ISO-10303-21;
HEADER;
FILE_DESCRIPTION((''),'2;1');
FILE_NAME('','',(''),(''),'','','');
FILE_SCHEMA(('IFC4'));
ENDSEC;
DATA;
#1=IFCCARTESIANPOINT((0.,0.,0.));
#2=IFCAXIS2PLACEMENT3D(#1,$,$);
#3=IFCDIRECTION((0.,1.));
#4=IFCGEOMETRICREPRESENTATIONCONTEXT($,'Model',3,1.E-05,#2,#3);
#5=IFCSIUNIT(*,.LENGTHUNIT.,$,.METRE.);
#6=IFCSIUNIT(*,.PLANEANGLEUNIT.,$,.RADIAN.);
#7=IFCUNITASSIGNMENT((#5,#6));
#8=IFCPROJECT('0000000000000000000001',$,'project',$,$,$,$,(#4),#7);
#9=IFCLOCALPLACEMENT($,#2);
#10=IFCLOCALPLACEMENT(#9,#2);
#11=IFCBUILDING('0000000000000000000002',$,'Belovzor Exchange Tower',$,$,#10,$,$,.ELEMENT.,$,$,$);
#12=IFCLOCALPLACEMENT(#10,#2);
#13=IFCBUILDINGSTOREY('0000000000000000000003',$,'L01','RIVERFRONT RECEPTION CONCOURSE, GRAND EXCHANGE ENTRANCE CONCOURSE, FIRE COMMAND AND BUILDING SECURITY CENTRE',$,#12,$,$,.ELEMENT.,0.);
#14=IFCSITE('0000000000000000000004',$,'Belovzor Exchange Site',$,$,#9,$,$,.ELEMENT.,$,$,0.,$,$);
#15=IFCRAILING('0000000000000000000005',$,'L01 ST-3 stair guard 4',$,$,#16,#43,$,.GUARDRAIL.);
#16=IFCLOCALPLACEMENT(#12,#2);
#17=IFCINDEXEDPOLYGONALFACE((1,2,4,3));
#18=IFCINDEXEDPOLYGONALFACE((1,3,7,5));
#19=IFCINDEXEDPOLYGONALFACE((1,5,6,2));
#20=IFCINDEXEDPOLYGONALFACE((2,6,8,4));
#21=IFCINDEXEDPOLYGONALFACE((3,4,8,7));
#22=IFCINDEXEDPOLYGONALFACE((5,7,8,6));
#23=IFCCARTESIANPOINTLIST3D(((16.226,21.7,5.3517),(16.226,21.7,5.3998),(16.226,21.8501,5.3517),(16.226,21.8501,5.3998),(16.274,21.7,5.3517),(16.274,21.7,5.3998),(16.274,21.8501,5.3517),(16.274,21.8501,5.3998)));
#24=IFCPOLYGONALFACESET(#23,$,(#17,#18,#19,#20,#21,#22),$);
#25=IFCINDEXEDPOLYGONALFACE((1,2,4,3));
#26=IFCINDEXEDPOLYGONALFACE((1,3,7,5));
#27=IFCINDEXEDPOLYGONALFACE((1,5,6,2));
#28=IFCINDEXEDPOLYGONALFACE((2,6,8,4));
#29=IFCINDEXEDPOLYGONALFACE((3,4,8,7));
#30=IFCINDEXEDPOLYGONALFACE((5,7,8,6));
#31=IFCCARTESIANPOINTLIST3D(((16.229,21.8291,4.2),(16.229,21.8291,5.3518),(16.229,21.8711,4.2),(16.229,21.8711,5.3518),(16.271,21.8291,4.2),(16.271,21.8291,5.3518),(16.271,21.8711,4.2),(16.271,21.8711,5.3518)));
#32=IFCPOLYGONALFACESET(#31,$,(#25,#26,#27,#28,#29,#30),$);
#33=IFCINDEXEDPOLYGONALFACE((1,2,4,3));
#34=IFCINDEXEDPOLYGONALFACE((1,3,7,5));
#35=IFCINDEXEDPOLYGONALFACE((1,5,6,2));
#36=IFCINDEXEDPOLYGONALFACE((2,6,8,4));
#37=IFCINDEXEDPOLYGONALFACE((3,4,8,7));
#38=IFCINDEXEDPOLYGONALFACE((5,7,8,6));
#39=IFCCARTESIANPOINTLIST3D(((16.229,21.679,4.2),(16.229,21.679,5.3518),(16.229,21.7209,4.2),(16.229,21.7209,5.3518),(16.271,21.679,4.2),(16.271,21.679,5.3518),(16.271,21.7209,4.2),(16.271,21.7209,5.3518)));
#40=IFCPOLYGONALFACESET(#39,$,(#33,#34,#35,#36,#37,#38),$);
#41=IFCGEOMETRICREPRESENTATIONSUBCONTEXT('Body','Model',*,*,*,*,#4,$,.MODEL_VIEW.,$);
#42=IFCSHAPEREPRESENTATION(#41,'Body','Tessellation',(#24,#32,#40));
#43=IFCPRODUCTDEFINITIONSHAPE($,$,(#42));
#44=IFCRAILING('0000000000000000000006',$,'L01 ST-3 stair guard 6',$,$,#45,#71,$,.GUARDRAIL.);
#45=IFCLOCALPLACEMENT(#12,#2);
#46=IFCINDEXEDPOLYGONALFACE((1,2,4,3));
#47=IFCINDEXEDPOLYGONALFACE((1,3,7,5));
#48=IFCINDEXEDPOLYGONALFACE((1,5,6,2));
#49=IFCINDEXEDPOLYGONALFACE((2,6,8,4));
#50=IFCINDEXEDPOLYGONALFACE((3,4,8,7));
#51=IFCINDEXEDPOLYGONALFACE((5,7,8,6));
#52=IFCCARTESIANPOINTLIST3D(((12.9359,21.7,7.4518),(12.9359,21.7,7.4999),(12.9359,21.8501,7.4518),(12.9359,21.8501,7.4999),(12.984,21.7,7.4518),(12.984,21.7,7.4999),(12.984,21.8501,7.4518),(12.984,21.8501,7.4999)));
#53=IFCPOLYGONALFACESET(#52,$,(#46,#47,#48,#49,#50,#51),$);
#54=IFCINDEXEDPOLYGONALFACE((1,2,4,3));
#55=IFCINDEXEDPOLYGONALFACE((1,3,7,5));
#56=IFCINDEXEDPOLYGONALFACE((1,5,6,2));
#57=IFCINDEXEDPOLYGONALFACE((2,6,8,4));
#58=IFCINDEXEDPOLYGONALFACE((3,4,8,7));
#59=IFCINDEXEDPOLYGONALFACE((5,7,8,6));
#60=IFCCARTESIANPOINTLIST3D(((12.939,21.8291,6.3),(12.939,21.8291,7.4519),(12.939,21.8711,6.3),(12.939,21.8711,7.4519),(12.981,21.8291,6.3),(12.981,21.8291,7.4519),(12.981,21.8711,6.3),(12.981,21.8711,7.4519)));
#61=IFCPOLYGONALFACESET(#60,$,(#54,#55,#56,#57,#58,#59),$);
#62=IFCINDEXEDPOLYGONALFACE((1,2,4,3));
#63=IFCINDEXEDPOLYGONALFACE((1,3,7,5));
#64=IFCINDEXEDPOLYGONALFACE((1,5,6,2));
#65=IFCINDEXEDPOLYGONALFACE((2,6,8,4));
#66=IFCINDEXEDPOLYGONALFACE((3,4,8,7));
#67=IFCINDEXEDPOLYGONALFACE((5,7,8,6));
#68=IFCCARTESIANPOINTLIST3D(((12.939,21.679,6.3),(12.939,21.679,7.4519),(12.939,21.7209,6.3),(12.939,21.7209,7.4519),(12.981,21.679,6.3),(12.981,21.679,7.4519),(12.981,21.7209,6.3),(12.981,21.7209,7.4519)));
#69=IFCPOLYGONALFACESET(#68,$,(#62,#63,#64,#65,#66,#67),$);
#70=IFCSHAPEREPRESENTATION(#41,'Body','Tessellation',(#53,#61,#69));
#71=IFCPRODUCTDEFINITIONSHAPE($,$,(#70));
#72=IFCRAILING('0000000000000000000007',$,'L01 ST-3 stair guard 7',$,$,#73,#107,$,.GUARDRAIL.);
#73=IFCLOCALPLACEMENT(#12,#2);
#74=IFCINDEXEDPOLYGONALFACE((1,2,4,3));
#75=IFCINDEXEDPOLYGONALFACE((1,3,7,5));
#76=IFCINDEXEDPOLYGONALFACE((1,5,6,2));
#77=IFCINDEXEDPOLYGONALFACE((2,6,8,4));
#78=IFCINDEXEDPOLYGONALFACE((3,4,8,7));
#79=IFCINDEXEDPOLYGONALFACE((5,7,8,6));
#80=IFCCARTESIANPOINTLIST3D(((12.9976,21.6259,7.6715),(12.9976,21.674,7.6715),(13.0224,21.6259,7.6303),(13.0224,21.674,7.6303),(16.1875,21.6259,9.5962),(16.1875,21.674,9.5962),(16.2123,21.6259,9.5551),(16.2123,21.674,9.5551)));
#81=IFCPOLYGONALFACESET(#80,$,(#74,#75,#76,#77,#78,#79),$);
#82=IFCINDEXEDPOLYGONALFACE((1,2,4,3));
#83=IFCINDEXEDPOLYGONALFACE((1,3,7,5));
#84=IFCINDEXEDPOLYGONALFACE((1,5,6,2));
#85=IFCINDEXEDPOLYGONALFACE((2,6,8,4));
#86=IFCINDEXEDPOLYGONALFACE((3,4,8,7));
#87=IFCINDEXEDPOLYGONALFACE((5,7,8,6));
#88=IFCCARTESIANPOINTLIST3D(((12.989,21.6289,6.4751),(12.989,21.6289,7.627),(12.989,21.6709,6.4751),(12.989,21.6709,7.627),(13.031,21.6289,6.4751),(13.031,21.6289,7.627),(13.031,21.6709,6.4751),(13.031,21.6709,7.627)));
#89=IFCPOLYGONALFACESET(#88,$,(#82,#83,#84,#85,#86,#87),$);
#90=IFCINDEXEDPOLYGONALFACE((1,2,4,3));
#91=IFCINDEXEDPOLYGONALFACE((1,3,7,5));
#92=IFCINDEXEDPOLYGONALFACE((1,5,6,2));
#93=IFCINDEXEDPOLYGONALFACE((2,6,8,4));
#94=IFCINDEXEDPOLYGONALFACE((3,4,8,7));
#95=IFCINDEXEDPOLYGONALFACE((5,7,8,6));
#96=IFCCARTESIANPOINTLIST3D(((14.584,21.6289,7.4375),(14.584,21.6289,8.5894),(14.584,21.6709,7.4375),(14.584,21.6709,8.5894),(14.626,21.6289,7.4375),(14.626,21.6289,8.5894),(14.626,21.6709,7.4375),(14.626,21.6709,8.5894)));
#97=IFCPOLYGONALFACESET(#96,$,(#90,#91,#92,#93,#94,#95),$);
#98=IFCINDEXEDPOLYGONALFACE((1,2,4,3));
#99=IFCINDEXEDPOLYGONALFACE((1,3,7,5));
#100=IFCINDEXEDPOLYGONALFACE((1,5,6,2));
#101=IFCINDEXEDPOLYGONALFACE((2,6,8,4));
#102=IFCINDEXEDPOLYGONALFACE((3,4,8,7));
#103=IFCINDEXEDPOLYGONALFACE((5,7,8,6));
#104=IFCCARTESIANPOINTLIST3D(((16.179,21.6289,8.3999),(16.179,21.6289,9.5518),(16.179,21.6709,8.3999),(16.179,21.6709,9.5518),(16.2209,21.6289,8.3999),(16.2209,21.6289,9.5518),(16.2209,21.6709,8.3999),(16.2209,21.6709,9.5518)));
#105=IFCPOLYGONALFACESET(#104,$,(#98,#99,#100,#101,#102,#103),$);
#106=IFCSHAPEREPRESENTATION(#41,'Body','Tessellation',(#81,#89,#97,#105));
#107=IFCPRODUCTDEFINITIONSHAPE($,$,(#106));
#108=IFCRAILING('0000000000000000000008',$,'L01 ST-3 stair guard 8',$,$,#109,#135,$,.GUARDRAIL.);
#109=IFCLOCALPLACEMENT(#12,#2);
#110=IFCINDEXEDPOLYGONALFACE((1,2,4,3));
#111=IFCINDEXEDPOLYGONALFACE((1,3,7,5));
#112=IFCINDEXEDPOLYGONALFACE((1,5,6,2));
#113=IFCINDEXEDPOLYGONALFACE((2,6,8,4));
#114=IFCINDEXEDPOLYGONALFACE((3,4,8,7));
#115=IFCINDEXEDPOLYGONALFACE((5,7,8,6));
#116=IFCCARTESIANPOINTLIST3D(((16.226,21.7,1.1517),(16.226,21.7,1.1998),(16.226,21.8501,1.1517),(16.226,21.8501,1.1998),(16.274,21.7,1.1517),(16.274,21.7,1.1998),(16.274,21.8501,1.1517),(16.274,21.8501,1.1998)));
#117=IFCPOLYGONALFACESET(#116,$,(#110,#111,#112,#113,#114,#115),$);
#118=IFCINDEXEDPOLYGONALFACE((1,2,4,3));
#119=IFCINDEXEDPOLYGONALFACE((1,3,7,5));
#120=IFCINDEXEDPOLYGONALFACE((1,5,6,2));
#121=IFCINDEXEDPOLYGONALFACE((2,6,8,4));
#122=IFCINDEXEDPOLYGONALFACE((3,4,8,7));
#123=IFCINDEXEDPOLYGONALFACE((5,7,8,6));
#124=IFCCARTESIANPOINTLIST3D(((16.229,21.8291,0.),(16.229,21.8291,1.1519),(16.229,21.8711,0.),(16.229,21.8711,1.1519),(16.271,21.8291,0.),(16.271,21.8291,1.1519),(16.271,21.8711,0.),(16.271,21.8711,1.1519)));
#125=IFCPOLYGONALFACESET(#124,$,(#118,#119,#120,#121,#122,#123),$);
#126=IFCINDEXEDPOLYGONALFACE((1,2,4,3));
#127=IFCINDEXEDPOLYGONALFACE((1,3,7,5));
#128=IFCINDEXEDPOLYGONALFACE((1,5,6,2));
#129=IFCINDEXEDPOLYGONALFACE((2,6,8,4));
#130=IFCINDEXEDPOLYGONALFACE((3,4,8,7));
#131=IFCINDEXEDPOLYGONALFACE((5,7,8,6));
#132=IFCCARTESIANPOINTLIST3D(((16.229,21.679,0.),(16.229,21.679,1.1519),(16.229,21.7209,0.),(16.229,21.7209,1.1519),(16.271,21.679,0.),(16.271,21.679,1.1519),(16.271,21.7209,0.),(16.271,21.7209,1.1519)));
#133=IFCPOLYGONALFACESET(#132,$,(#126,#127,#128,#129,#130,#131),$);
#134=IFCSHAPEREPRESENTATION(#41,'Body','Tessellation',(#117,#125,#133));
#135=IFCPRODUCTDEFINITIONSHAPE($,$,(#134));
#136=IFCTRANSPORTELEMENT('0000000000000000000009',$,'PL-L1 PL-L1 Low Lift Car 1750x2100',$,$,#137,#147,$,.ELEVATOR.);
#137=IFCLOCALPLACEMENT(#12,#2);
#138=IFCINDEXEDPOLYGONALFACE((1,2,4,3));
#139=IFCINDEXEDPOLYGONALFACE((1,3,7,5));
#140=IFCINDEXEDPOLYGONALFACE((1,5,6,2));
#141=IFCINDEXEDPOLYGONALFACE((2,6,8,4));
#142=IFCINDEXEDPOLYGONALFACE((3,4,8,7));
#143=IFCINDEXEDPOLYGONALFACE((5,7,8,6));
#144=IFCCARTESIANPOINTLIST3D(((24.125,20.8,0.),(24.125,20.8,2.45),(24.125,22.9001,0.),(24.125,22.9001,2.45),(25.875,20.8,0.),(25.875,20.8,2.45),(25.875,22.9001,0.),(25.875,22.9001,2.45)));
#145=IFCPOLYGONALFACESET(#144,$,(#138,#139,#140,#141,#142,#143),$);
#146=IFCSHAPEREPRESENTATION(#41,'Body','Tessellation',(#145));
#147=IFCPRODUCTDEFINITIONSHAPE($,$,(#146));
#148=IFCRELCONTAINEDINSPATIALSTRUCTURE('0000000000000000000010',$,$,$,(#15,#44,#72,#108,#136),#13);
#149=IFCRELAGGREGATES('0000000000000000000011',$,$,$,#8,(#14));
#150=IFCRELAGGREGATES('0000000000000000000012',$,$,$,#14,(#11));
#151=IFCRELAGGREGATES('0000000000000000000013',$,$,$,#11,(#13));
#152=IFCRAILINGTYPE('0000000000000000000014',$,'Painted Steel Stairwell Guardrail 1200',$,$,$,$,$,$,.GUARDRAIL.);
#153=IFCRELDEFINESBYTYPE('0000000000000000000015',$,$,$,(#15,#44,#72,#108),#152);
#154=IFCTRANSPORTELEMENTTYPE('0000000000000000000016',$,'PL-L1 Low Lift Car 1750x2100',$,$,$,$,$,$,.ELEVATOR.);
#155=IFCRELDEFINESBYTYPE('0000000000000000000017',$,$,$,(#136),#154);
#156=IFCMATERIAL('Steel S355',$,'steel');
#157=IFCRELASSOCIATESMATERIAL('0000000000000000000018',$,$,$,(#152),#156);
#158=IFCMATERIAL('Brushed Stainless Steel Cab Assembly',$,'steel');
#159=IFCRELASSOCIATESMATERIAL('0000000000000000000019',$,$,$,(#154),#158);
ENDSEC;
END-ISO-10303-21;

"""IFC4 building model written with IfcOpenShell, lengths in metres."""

from ifc_helpers import new_model, si_unit, direction, frame, origin, origin_2d, place, context, subcontext, project, spatial, rectangle, extrude, material, type_object, element, save


model = new_model("IFC4")

# Units and contexts
model_context = context("Model", 3, precision=1e-05, world=origin(), true_north=direction((0.0, 1.0)))
body_context = subcontext(model_context, "Body", "Model", "MODEL_VIEW")
ifc_project = project(units=[si_unit("LENGTHUNIT", "METRE"), si_unit("PLANEANGLEUNIT", "RADIAN")], contexts=[model_context])

# Site, building, storey
site_placement = place(None, origin())
site = spatial("IfcSite", under=ifc_project, at=site_placement, Name="Belovzor Exchange Site", CompositionType="ELEMENT", RefElevation=0.0)
building_placement = place(site_placement, origin())
building = spatial("IfcBuilding", under=site, at=building_placement, Name="Belovzor Exchange Tower", CompositionType="ELEMENT")
storey_placement = place(building_placement, origin())
storey = spatial("IfcBuildingStorey", under=building, at=storey_placement, Name="L01", Description="RIVERFRONT RECEPTION CONCOURSE, GRAND EXCHANGE ENTRANCE CONCOURSE, FIRE COMMAND AND BUILDING SECURITY CENTRE", CompositionType="ELEMENT", Elevation=0.0)

# Railings
ifc_material_1 = material(Name="Steel S355", Category="steel")
railing_type = type_object("IfcRailingType", Name="Painted Steel Stairwell Guardrail 1200", PredefinedType="GUARDRAIL", material=ifc_material_1)
for number, where, name in (
    (1, (16.25, 21.8501, 4.2), "L01 ST-3 stair guard 4"),
    (2, (12.96, 21.8501, 6.3), "L01 ST-3 stair guard 6"),
):
    element("IfcRailing", number, at=place(storey_placement, frame(where)), inside=storey, type_object=railing_type, Name=name, PredefinedType="GUARDRAIL", context=body_context, shape_type="SweptSolid", body=[
        extrude(rectangle(XDim=0.0481, YDim=0.0481, at=origin_2d()), frame((0.0, 0.0, 1.1758), z_axis=(0.0, -1.0, 0.0), x_axis=(1.0, 0.0, 0.0)), (0.0, 0.0, 1.0), 0.1501),
        extrude(rectangle(XDim=0.042, YDim=0.042, at=origin_2d()), origin(), (0.0, 0.0, 1.0), 1.1519),
        extrude(rectangle(XDim=0.042, YDim=0.042, at=origin_2d()), frame((0.0, -0.1501, 0.0)), (0.0, 0.0, 1.0), 1.1519),
    ])
railing_1_placement = place(storey_placement, frame((13.01, 21.6499, 6.4751)))
element("IfcRailing", 3, at=railing_1_placement, inside=storey, type_object=railing_type, Name="L01 ST-3 stair guard 7", PredefinedType="GUARDRAIL", context=body_context, shape_type="SweptSolid", body=[
    extrude(rectangle(XDim=0.0481, YDim=0.0481, at=origin_2d()), frame((0.0, 0.0, 1.1758), z_axis=(0.856207, 0.0, 0.516633), x_axis=(0.0, 1.0, 0.0)), (0.0, 0.0, 1.0), 3.7256),
    extrude(rectangle(XDim=0.042, YDim=0.042, at=origin_2d()), origin(), (0.0, 0.0, 1.0), 1.1519),
    extrude(rectangle(XDim=0.042, YDim=0.042, at=origin_2d()), frame((1.595, 0.0, 0.9624)), (0.0, 0.0, 1.0), 1.1519),
    extrude(rectangle(XDim=0.042, YDim=0.042, at=origin_2d()), frame((3.1899, 0.0, 1.9248)), (0.0, 0.0, 1.0), 1.1519),
])
railing_2_placement = place(storey_placement, frame((16.25, 21.8501, 0.0)))
element("IfcRailing", 4, at=railing_2_placement, inside=storey, type_object=railing_type, Name="L01 ST-3 stair guard 8", PredefinedType="GUARDRAIL", context=body_context, shape_type="SweptSolid", body=[
    extrude(rectangle(XDim=0.0481, YDim=0.0481, at=origin_2d()), frame((0.0, 0.0, 1.1758), z_axis=(0.0, -1.0, 0.0), x_axis=(1.0, 0.0, 0.0)), (0.0, 0.0, 1.0), 0.1501),
    extrude(rectangle(XDim=0.042, YDim=0.042, at=origin_2d()), origin(), (0.0, 0.0, 1.0), 1.1519),
    extrude(rectangle(XDim=0.042, YDim=0.042, at=origin_2d()), frame((0.0, -0.1501, 0.0)), (0.0, 0.0, 1.0), 1.1519),
])

# Transport element
ifc_material_2 = material(Name="Brushed Stainless Steel Cab Assembly", Category="steel")
transport_element_type = type_object("IfcTransportElementType", Name="PL-L1 Low Lift Car 1750x2100", PredefinedType="ELEVATOR", material=ifc_material_2)
transport_element_placement = place(storey_placement, frame((25.0, 21.8501, 0.0), z_axis=(0.0, 0.0, 1.0), x_axis=(1.0, 0.0, 0.0)))
element("IfcTransportElement", 5, at=transport_element_placement, inside=storey, type_object=transport_element_type, Name="PL-L1 PL-L1 Low Lift Car 1750x2100", PredefinedType="ELEVATOR", context=body_context, shape_type="SweptSolid", body=[
    extrude(rectangle(XDim=1.75, YDim=2.1001, at=origin_2d()), origin(), (0.0, 0.0, 1.0), 2.45),
])

save(model, "model.ifc")
